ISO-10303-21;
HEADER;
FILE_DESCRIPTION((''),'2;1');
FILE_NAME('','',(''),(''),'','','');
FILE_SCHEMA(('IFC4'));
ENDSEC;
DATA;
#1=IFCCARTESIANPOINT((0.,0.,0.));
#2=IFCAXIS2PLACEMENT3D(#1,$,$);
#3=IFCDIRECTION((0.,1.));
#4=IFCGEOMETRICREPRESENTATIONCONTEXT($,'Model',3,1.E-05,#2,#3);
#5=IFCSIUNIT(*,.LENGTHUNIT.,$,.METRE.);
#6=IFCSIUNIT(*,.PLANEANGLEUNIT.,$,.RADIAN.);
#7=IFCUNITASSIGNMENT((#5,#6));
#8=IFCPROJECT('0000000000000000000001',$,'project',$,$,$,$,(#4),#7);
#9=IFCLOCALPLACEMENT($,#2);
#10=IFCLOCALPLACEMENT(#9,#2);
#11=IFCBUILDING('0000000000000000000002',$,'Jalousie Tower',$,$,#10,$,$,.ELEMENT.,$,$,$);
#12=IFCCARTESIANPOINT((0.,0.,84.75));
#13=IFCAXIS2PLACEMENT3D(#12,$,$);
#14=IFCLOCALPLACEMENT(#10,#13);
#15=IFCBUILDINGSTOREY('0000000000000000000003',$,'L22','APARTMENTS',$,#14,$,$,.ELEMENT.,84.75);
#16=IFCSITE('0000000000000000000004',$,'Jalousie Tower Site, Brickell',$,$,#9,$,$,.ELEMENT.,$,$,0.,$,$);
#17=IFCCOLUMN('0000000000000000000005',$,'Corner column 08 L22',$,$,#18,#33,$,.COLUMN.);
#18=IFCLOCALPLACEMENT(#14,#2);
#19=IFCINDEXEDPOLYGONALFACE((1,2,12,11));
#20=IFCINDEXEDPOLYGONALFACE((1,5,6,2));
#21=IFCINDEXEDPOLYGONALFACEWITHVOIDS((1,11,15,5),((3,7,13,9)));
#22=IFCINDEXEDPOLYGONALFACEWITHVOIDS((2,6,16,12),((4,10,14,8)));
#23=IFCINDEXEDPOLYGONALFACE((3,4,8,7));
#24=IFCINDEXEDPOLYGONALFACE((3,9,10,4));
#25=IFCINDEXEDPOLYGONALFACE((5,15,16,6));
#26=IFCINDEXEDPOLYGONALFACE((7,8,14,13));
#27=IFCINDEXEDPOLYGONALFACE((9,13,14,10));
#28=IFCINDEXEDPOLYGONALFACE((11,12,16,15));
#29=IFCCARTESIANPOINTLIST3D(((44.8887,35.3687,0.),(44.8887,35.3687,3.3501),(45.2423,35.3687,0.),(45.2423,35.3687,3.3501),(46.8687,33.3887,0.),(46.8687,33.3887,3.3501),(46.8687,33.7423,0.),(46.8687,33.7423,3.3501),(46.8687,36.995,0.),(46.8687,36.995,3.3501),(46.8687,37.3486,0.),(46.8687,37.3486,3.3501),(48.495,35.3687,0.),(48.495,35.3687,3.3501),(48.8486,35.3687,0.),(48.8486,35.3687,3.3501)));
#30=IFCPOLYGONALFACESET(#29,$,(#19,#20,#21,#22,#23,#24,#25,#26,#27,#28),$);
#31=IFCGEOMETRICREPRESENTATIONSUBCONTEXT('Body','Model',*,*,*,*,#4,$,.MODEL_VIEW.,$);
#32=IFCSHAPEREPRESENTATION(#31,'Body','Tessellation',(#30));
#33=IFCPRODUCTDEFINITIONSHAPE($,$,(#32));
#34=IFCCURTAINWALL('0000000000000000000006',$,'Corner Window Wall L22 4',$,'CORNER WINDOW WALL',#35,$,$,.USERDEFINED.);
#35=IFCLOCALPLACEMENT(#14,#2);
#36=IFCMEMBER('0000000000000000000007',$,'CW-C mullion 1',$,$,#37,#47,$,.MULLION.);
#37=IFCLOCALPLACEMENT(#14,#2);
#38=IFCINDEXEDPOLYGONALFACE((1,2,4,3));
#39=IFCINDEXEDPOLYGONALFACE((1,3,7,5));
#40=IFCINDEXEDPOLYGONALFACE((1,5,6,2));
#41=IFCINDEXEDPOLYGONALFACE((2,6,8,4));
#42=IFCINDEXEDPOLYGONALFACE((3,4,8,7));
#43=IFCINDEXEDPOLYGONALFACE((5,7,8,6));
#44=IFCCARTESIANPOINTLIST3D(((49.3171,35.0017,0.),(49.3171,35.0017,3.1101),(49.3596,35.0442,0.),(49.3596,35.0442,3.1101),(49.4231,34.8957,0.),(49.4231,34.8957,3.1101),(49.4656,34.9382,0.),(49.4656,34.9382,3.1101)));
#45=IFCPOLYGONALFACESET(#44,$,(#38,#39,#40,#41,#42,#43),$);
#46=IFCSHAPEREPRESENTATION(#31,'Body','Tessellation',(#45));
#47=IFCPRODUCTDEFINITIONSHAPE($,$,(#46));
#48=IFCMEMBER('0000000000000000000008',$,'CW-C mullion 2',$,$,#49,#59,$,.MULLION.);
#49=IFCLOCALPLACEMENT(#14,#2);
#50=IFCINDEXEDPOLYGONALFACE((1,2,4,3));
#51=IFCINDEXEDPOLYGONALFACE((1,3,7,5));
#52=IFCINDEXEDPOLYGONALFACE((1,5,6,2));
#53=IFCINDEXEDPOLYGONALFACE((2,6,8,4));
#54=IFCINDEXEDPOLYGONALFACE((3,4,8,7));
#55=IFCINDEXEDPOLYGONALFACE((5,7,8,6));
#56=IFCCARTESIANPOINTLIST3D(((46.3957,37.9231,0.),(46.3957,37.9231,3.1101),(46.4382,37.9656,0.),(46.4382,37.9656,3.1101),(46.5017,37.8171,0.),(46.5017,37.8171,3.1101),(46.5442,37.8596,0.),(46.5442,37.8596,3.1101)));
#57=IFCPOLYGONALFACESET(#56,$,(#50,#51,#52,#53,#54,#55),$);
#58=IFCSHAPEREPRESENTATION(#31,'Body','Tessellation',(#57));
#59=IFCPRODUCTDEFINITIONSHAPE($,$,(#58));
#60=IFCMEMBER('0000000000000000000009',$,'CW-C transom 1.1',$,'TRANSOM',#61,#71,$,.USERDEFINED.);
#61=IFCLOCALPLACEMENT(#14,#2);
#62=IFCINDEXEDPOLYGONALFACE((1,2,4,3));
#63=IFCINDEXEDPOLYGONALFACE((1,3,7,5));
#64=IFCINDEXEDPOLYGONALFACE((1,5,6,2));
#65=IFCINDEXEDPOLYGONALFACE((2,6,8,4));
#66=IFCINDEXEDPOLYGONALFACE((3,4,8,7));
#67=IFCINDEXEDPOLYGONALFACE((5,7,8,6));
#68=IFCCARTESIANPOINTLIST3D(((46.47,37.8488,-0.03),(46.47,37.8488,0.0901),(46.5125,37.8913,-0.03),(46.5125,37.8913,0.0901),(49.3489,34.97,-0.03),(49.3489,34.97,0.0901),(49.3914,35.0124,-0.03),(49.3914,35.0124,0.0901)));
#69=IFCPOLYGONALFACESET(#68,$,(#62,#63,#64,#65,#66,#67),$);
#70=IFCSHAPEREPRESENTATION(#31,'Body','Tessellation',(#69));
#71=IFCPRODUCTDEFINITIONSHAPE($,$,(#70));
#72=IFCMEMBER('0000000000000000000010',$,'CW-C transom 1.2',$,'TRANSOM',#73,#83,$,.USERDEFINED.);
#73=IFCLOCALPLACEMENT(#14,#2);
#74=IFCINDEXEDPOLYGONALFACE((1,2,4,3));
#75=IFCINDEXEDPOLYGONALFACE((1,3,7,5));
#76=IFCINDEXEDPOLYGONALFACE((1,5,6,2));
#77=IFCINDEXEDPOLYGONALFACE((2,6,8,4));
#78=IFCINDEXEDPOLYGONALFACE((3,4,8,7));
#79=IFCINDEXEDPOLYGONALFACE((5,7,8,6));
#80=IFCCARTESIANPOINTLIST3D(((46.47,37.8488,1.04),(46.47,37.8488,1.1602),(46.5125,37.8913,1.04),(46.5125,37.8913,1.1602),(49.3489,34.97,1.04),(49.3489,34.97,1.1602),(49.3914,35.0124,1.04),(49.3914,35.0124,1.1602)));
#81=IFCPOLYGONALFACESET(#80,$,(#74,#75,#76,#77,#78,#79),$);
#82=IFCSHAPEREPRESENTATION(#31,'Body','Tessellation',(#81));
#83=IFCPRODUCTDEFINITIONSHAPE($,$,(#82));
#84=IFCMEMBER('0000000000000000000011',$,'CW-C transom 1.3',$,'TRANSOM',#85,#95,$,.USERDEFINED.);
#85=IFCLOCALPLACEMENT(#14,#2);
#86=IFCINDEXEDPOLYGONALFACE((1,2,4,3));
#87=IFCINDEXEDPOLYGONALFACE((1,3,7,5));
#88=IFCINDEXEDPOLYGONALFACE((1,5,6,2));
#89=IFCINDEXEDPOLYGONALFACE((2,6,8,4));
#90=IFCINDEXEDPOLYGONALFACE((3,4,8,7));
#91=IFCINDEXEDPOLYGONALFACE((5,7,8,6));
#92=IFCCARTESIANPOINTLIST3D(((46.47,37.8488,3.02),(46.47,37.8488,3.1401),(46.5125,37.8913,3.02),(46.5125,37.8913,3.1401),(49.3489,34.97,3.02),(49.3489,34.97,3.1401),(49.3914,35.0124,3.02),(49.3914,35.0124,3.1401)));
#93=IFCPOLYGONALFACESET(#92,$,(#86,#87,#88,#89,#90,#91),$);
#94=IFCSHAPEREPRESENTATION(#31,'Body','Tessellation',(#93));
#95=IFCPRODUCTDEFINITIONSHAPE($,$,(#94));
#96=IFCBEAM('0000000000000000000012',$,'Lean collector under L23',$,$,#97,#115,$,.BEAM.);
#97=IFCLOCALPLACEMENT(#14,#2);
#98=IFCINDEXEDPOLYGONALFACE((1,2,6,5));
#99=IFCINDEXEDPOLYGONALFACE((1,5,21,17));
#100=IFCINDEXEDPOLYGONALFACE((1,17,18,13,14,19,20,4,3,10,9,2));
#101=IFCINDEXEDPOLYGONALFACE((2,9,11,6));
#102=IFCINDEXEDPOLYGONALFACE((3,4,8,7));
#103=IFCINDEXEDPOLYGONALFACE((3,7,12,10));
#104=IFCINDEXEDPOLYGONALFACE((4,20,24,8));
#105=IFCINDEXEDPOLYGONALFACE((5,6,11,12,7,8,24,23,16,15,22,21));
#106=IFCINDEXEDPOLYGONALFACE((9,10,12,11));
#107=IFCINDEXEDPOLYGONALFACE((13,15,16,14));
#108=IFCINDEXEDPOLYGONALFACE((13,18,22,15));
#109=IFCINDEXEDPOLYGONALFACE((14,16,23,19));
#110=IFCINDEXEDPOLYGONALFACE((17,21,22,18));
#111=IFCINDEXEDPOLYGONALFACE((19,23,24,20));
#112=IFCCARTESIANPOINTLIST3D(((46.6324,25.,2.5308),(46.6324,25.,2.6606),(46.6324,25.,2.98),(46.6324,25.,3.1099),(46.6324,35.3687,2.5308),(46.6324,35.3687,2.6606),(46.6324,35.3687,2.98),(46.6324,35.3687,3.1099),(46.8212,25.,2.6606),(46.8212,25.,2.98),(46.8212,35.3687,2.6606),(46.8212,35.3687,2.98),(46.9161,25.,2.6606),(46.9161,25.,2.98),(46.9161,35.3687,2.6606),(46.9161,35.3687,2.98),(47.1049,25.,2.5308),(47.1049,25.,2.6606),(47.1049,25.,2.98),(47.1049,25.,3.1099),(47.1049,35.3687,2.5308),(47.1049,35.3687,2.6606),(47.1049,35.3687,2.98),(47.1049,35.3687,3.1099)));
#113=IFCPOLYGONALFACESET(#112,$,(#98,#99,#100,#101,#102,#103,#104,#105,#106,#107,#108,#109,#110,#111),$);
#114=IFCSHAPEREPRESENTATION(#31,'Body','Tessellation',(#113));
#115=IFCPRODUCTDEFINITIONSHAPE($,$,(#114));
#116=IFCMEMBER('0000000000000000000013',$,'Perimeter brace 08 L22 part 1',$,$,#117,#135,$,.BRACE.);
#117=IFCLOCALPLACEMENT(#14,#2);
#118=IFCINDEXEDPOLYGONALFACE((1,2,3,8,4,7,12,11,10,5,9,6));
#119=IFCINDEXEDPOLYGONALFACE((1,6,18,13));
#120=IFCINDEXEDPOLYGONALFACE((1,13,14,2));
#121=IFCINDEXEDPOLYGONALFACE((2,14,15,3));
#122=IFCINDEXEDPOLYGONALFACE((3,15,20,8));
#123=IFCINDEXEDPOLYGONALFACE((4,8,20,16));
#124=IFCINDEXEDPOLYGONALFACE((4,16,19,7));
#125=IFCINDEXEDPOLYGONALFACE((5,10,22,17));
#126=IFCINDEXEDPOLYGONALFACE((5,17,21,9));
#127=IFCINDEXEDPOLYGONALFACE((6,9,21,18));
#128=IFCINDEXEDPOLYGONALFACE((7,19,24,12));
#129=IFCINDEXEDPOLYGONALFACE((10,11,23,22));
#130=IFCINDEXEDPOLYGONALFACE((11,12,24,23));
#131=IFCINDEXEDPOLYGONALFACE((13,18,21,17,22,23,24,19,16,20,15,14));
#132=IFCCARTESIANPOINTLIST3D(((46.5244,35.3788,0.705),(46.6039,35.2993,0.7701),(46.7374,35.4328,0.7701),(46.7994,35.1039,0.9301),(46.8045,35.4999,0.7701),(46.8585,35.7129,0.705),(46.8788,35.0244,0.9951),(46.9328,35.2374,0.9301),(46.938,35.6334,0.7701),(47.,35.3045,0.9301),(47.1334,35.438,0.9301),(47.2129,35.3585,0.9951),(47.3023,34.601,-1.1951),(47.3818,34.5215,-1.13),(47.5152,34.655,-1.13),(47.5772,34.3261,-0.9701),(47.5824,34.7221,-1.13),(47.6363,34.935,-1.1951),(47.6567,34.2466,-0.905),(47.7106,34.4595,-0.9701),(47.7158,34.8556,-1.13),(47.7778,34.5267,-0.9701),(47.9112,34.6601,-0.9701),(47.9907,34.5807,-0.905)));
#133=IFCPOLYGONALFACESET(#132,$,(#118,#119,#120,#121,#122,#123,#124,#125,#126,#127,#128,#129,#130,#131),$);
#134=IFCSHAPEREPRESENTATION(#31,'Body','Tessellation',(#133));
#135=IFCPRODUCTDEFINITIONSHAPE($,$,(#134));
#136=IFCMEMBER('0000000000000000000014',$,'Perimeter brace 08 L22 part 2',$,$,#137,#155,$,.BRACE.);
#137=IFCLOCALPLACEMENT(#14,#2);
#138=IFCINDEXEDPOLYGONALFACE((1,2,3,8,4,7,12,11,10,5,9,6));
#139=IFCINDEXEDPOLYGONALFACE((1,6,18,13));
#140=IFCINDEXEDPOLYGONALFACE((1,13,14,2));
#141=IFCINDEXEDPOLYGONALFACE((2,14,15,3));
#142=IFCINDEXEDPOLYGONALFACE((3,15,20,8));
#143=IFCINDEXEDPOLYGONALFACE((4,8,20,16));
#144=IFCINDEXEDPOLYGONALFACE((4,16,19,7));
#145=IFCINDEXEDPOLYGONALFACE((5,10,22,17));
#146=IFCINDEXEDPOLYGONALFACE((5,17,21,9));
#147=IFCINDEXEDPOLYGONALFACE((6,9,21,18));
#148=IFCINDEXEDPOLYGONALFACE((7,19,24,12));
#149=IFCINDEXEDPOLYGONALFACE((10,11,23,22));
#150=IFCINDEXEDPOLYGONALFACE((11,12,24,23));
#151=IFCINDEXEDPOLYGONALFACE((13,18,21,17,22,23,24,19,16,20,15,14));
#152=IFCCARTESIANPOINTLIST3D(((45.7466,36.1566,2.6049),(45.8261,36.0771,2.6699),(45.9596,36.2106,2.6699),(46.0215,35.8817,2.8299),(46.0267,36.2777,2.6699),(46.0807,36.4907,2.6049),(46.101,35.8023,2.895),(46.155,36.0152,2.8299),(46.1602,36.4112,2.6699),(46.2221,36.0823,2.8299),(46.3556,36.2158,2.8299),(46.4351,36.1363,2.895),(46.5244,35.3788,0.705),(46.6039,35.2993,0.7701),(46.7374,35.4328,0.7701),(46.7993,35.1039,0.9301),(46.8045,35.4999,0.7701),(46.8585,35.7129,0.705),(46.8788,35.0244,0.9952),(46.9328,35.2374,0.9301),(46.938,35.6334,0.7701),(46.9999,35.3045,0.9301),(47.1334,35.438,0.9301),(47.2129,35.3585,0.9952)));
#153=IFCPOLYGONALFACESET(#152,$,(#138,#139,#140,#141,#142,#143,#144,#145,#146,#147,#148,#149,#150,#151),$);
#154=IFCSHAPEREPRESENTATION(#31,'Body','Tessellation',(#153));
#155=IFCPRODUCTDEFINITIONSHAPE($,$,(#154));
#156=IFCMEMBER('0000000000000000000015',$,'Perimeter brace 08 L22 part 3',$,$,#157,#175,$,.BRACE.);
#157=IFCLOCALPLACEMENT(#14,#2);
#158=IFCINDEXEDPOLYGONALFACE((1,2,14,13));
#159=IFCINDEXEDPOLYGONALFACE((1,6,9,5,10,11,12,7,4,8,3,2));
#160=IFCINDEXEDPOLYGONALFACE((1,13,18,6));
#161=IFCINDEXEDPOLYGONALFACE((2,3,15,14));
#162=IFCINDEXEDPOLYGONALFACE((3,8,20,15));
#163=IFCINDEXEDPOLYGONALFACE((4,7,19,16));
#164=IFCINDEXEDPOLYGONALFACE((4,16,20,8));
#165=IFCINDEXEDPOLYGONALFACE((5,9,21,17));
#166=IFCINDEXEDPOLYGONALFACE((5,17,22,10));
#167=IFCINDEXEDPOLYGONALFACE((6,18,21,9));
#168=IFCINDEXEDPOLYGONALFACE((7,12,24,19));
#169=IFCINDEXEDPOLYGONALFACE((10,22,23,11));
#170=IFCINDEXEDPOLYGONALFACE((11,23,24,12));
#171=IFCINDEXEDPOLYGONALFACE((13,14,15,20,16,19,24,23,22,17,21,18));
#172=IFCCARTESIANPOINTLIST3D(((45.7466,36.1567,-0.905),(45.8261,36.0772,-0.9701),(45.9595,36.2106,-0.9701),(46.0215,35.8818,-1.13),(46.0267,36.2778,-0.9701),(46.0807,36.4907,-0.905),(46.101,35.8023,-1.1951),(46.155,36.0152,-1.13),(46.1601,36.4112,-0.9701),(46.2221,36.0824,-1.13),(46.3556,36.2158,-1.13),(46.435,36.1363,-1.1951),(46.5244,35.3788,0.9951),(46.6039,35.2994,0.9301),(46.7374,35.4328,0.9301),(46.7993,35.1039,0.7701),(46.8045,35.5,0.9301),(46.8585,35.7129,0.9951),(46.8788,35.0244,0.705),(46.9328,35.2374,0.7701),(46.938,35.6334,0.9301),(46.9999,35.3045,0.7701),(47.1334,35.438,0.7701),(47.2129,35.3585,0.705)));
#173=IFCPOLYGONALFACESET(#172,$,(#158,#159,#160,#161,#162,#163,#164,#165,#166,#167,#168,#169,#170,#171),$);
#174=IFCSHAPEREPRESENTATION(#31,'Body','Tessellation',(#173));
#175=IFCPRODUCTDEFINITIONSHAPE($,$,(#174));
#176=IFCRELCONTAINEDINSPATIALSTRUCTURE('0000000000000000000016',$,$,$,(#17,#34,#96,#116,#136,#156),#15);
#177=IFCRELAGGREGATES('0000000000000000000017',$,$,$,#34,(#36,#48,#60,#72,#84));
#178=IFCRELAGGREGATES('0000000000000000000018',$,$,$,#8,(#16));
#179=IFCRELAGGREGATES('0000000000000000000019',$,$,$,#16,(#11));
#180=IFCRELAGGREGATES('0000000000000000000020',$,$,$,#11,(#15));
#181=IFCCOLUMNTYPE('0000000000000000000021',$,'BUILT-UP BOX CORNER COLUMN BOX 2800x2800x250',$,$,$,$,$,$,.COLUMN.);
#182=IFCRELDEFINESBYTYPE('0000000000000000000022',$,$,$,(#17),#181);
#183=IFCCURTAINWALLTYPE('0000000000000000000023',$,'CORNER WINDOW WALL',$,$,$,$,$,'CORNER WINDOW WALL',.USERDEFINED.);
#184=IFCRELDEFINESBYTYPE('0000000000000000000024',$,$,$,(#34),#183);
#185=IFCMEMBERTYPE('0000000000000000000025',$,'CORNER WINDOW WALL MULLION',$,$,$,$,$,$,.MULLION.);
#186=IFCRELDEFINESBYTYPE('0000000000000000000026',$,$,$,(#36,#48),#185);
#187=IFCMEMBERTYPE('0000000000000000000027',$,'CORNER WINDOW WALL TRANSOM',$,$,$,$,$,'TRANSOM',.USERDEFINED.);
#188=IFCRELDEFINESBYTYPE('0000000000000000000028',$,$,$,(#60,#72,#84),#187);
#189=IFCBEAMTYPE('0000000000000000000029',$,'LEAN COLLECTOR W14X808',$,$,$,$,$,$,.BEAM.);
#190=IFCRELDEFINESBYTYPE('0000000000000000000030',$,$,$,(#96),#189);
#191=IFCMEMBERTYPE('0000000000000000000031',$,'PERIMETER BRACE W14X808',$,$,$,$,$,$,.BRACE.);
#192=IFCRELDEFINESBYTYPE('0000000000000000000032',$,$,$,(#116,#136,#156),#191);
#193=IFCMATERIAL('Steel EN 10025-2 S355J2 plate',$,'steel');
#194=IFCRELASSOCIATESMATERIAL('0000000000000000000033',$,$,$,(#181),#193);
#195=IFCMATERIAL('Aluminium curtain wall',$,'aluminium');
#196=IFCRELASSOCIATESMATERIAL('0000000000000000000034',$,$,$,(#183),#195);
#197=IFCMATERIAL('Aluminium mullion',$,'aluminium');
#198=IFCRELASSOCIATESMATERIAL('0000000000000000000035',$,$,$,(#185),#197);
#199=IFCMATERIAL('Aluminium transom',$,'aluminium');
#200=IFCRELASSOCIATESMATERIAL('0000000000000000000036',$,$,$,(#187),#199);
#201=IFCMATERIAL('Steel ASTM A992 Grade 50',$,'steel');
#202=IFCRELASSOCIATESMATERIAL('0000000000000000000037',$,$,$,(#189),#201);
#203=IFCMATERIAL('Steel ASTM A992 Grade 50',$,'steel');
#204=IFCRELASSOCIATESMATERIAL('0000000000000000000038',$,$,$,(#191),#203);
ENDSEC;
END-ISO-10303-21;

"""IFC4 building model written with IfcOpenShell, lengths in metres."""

from ifc_helpers import new_model, si_unit, direction, frame, origin, origin_2d, place, context, subcontext, project, spatial, rectangle, hollow_rectangle, i_section, extrude, material, material_profile, profile_set, type_object, element, aggregate, save


model = new_model("IFC4")

# Units and contexts
model_context = context("Model", 3, precision=1e-05, world=origin(), true_north=direction((0.0, 1.0)))
body_context = subcontext(model_context, "Body", "Model", "MODEL_VIEW")
ifc_project = project(units=[si_unit("LENGTHUNIT", "METRE"), si_unit("PLANEANGLEUNIT", "RADIAN")], contexts=[model_context])

# Site, building, storey
site_placement = place(None, origin())
site = spatial("IfcSite", under=ifc_project, at=site_placement, Name="Jalousie Tower Site, Brickell", CompositionType="ELEMENT", RefElevation=0.0)
building_placement = place(site_placement, origin())
building = spatial("IfcBuilding", under=site, at=building_placement, Name="Jalousie Tower", CompositionType="ELEMENT")
storey_placement = place(building_placement, frame((0.0, 0.0, 84.75)))
storey = spatial("IfcBuildingStorey", under=building, at=storey_placement, Name="L22", Description="APARTMENTS", CompositionType="ELEMENT", Elevation=84.75)

# Column
ifc_material_1 = material(Name="Steel EN 10025-2 S355J2 plate", Category="steel")
ifc_material_profile_1 = material_profile(ifc_material_1, hollow_rectangle(XDim=2.8, YDim=2.8, WallThickness=0.25, at=origin_2d()), Name="BOX 2800x2800x250")
ifc_profile_set_1 = profile_set([ifc_material_profile_1], Name="Steel EN 10025-2 S355J2 plate")
column_type = type_object("IfcColumnType", Name="BUILT-UP BOX CORNER COLUMN BOX 2800x2800x250", PredefinedType="COLUMN", material=ifc_profile_set_1)
column_placement = place(storey_placement, frame((46.8687, 35.3687, 0.0), z_axis=(0.0, 0.0, 1.0), x_axis=(-0.707107, -0.707107, 0.0)))
element("IfcColumn", 1, at=column_placement, inside=storey, type_object=column_type, Name="Corner column 08 L22", PredefinedType="COLUMN", context=body_context, shape_type="SweptSolid", body=[
    extrude(hollow_rectangle(XDim=2.8, YDim=2.8, WallThickness=0.25, at=origin_2d()), origin(), (0.0, 0.0, 1.0), 3.3501),
])

# Curtain wall, members
ifc_material_2 = material(Name="Aluminium curtain wall", Category="aluminium")
curtain_wall_type_1 = type_object("IfcCurtainWallType", Name="CORNER WINDOW WALL", ElementType="CORNER WINDOW WALL", PredefinedType="USERDEFINED", material=ifc_material_2)
curtain_wall_1_placement = place(storey_placement, origin())
curtain_wall_1 = element("IfcCurtainWall", 2, at=curtain_wall_1_placement, inside=storey, type_object=curtain_wall_type_1, Name="Corner Window Wall L22 4", ObjectType="CORNER WINDOW WALL", PredefinedType="USERDEFINED")
ifc_material_3 = material(Name="Aluminium mullion", Category="aluminium")
ifc_material_profile_2 = material_profile(ifc_material_3, rectangle(XDim=0.0601, YDim=0.1499, at=origin_2d()), Name="MULLION 60x150")
ifc_profile_set_2 = profile_set([ifc_material_profile_2], Name="Aluminium mullion")
member_type_1 = type_object("IfcMemberType", Name="CORNER WINDOW WALL MULLION", PredefinedType="MULLION", material=ifc_profile_set_2)
member_1_placement = place(storey_placement, frame((49.3914, 34.97, 0.0), z_axis=(0.0, 0.0, 1.0), x_axis=(-0.707107, -0.707107, 0.0)))
member_1 = element("IfcMember", 3, at=member_1_placement, type_object=member_type_1, Name="CW-C mullion 1", PredefinedType="MULLION", context=body_context, shape_type="SweptSolid", body=[
    extrude(rectangle(XDim=0.0601, YDim=0.1499, at=origin_2d()), origin(), (0.0, 0.0, 1.0), 3.1101),
])
member_2_placement = place(storey_placement, frame((46.47, 37.8914, 0.0), z_axis=(0.0, 0.0, 1.0), x_axis=(-0.707107, -0.707107, 0.0)))
member_2 = element("IfcMember", 4, at=member_2_placement, type_object=member_type_1, Name="CW-C mullion 2", PredefinedType="MULLION", context=body_context, shape_type="SweptSolid", body=[
    extrude(rectangle(XDim=0.0601, YDim=0.1499, at=origin_2d()), origin(), (0.0, 0.0, 1.0), 3.1101),
])
ifc_material_4 = material(Name="Aluminium transom", Category="aluminium")
ifc_material_profile_3 = material_profile(ifc_material_4, rectangle(XDim=0.0601, YDim=0.1201, at=origin_2d()), Name="TRANSOM 60x120")
ifc_profile_set_3 = profile_set([ifc_material_profile_3], Name="Aluminium transom")
member_type_2 = type_object("IfcMemberType", Name="CORNER WINDOW WALL TRANSOM", ElementType="TRANSOM", PredefinedType="USERDEFINED", material=ifc_profile_set_3)
member_3_placement = place(storey_placement, frame((49.3701, 34.9912, 0.03), z_axis=(-0.707107, 0.707107, 0.0), x_axis=(-0.707107, -0.707107, 0.0)))
member_3 = element("IfcMember", 5, at=member_3_placement, type_object=member_type_2, Name="CW-C transom 1.1", ObjectType="TRANSOM", PredefinedType="USERDEFINED", context=body_context, shape_type="SweptSolid", body=[
    extrude(rectangle(XDim=0.0601, YDim=0.1201, at=origin_2d()), origin(), (0.0, 0.0, 1.0), 4.0713),
])
member_4_placement = place(storey_placement, frame((49.3701, 34.9912, 1.1001), z_axis=(-0.707107, 0.707107, 0.0), x_axis=(-0.707107, -0.707107, 0.0)))
member_4 = element("IfcMember", 6, at=member_4_placement, type_object=member_type_2, Name="CW-C transom 1.2", ObjectType="TRANSOM", PredefinedType="USERDEFINED", context=body_context, shape_type="SweptSolid", body=[
    extrude(rectangle(XDim=0.0601, YDim=0.1201, at=origin_2d()), origin(), (0.0, 0.0, 1.0), 4.0713),
])
member_5_placement = place(storey_placement, frame((49.3701, 34.9912, 3.0801), z_axis=(-0.707107, 0.707107, 0.0), x_axis=(-0.707107, -0.707107, 0.0)))
member_5 = element("IfcMember", 7, at=member_5_placement, type_object=member_type_2, Name="CW-C transom 1.3", ObjectType="TRANSOM", PredefinedType="USERDEFINED", context=body_context, shape_type="SweptSolid", body=[
    extrude(rectangle(XDim=0.0601, YDim=0.1201, at=origin_2d()), origin(), (0.0, 0.0, 1.0), 4.0713),
])

# Beam
ifc_material_5 = material(Name="Steel ASTM A992 Grade 50", Category="steel")
ifc_material_profile_4 = material_profile(ifc_material_5, i_section(OverallWidth=0.4724, OverallDepth=0.5791, WebThickness=0.095, FlangeThickness=0.1299, at=origin_2d()), Name="W14X808")
ifc_profile_set_4 = profile_set([ifc_material_profile_4], Name="Steel ASTM A992 Grade 50")
beam_type_1 = type_object("IfcBeamType", Name="LEAN COLLECTOR W14X808", PredefinedType="BEAM", material=ifc_profile_set_4)
beam_1_placement = place(storey_placement, frame((46.8687, 35.3687, 2.8203), z_axis=(0.0, -1.0, 0.0), x_axis=(1.0, 0.0, 0.0)))
element("IfcBeam", 8, at=beam_1_placement, inside=storey, type_object=beam_type_1, Name="Lean collector under L23", PredefinedType="BEAM", context=body_context, shape_type="SweptSolid", body=[
    extrude(i_section(OverallWidth=0.4724, OverallDepth=0.5791, WebThickness=0.095, FlangeThickness=0.1299, at=origin_2d()), origin(), (0.0, 0.0, 1.0), 10.3687),
])

# Members
ifc_material_6 = material(Name="Steel ASTM A992 Grade 50", Category="steel")
ifc_material_profile_5 = material_profile(ifc_material_6, i_section(OverallWidth=0.4724, OverallDepth=0.5791, WebThickness=0.095, FlangeThickness=0.1299, at=origin_2d()), Name="W14X808")
ifc_profile_set_5 = profile_set([ifc_material_profile_5], Name="Steel ASTM A992 Grade 50")
member_type_3 = type_object("IfcMemberType", Name="PERIMETER BRACE W14X808", PredefinedType="BRACE", material=ifc_profile_set_5)
member_6_placement = place(storey_placement, frame((47.6465, 34.5908, -1.05), z_axis=(-0.354271, 0.354271, 0.865439), x_axis=(-0.707107, -0.707107, 0.0)))
element("IfcMember", 9, at=member_6_placement, inside=storey, type_object=member_type_3, Name="Perimeter brace 08 L22 part 1", PredefinedType="BRACE", context=body_context, shape_type="SweptSolid", body=[
    extrude(i_section(OverallWidth=0.4724, OverallDepth=0.5791, WebThickness=0.095, FlangeThickness=0.1299, at=origin_2d()), origin(), (0.0, 0.0, 1.0), 2.1956),
])
member_7_placement = place(storey_placement, frame((46.8687, 35.3687, 0.8501), z_axis=(-0.354305, 0.354305, 0.865411), x_axis=(-0.707107, -0.707107, 0.0)))
element("IfcMember", 10, at=member_7_placement, inside=storey, type_object=member_type_3, Name="Perimeter brace 08 L22 part 2", PredefinedType="BRACE", context=body_context, shape_type="SweptSolid", body=[
    extrude(i_section(OverallWidth=0.4724, OverallDepth=0.5791, WebThickness=0.095, FlangeThickness=0.1299, at=origin_2d()), origin(), (0.0, 0.0, 1.0), 2.1953),
])
member_8_placement = place(storey_placement, frame((46.0908, 36.1465, -1.05), z_axis=(0.354271, -0.354271, 0.865439), x_axis=(0.707107, 0.707107, 0.0)))
element("IfcMember", 11, at=member_8_placement, inside=storey, type_object=member_type_3, Name="Perimeter brace 08 L22 part 3", PredefinedType="BRACE", context=body_context, shape_type="SweptSolid", body=[
    extrude(i_section(OverallWidth=0.4724, OverallDepth=0.5791, WebThickness=0.095, FlangeThickness=0.1299, at=origin_2d()), origin(), (0.0, 0.0, 1.0), 2.1956),
])

aggregate(curtain_wall_1, [member_1, member_2, member_3, member_4, member_5])

save(model, "model.ifc")
